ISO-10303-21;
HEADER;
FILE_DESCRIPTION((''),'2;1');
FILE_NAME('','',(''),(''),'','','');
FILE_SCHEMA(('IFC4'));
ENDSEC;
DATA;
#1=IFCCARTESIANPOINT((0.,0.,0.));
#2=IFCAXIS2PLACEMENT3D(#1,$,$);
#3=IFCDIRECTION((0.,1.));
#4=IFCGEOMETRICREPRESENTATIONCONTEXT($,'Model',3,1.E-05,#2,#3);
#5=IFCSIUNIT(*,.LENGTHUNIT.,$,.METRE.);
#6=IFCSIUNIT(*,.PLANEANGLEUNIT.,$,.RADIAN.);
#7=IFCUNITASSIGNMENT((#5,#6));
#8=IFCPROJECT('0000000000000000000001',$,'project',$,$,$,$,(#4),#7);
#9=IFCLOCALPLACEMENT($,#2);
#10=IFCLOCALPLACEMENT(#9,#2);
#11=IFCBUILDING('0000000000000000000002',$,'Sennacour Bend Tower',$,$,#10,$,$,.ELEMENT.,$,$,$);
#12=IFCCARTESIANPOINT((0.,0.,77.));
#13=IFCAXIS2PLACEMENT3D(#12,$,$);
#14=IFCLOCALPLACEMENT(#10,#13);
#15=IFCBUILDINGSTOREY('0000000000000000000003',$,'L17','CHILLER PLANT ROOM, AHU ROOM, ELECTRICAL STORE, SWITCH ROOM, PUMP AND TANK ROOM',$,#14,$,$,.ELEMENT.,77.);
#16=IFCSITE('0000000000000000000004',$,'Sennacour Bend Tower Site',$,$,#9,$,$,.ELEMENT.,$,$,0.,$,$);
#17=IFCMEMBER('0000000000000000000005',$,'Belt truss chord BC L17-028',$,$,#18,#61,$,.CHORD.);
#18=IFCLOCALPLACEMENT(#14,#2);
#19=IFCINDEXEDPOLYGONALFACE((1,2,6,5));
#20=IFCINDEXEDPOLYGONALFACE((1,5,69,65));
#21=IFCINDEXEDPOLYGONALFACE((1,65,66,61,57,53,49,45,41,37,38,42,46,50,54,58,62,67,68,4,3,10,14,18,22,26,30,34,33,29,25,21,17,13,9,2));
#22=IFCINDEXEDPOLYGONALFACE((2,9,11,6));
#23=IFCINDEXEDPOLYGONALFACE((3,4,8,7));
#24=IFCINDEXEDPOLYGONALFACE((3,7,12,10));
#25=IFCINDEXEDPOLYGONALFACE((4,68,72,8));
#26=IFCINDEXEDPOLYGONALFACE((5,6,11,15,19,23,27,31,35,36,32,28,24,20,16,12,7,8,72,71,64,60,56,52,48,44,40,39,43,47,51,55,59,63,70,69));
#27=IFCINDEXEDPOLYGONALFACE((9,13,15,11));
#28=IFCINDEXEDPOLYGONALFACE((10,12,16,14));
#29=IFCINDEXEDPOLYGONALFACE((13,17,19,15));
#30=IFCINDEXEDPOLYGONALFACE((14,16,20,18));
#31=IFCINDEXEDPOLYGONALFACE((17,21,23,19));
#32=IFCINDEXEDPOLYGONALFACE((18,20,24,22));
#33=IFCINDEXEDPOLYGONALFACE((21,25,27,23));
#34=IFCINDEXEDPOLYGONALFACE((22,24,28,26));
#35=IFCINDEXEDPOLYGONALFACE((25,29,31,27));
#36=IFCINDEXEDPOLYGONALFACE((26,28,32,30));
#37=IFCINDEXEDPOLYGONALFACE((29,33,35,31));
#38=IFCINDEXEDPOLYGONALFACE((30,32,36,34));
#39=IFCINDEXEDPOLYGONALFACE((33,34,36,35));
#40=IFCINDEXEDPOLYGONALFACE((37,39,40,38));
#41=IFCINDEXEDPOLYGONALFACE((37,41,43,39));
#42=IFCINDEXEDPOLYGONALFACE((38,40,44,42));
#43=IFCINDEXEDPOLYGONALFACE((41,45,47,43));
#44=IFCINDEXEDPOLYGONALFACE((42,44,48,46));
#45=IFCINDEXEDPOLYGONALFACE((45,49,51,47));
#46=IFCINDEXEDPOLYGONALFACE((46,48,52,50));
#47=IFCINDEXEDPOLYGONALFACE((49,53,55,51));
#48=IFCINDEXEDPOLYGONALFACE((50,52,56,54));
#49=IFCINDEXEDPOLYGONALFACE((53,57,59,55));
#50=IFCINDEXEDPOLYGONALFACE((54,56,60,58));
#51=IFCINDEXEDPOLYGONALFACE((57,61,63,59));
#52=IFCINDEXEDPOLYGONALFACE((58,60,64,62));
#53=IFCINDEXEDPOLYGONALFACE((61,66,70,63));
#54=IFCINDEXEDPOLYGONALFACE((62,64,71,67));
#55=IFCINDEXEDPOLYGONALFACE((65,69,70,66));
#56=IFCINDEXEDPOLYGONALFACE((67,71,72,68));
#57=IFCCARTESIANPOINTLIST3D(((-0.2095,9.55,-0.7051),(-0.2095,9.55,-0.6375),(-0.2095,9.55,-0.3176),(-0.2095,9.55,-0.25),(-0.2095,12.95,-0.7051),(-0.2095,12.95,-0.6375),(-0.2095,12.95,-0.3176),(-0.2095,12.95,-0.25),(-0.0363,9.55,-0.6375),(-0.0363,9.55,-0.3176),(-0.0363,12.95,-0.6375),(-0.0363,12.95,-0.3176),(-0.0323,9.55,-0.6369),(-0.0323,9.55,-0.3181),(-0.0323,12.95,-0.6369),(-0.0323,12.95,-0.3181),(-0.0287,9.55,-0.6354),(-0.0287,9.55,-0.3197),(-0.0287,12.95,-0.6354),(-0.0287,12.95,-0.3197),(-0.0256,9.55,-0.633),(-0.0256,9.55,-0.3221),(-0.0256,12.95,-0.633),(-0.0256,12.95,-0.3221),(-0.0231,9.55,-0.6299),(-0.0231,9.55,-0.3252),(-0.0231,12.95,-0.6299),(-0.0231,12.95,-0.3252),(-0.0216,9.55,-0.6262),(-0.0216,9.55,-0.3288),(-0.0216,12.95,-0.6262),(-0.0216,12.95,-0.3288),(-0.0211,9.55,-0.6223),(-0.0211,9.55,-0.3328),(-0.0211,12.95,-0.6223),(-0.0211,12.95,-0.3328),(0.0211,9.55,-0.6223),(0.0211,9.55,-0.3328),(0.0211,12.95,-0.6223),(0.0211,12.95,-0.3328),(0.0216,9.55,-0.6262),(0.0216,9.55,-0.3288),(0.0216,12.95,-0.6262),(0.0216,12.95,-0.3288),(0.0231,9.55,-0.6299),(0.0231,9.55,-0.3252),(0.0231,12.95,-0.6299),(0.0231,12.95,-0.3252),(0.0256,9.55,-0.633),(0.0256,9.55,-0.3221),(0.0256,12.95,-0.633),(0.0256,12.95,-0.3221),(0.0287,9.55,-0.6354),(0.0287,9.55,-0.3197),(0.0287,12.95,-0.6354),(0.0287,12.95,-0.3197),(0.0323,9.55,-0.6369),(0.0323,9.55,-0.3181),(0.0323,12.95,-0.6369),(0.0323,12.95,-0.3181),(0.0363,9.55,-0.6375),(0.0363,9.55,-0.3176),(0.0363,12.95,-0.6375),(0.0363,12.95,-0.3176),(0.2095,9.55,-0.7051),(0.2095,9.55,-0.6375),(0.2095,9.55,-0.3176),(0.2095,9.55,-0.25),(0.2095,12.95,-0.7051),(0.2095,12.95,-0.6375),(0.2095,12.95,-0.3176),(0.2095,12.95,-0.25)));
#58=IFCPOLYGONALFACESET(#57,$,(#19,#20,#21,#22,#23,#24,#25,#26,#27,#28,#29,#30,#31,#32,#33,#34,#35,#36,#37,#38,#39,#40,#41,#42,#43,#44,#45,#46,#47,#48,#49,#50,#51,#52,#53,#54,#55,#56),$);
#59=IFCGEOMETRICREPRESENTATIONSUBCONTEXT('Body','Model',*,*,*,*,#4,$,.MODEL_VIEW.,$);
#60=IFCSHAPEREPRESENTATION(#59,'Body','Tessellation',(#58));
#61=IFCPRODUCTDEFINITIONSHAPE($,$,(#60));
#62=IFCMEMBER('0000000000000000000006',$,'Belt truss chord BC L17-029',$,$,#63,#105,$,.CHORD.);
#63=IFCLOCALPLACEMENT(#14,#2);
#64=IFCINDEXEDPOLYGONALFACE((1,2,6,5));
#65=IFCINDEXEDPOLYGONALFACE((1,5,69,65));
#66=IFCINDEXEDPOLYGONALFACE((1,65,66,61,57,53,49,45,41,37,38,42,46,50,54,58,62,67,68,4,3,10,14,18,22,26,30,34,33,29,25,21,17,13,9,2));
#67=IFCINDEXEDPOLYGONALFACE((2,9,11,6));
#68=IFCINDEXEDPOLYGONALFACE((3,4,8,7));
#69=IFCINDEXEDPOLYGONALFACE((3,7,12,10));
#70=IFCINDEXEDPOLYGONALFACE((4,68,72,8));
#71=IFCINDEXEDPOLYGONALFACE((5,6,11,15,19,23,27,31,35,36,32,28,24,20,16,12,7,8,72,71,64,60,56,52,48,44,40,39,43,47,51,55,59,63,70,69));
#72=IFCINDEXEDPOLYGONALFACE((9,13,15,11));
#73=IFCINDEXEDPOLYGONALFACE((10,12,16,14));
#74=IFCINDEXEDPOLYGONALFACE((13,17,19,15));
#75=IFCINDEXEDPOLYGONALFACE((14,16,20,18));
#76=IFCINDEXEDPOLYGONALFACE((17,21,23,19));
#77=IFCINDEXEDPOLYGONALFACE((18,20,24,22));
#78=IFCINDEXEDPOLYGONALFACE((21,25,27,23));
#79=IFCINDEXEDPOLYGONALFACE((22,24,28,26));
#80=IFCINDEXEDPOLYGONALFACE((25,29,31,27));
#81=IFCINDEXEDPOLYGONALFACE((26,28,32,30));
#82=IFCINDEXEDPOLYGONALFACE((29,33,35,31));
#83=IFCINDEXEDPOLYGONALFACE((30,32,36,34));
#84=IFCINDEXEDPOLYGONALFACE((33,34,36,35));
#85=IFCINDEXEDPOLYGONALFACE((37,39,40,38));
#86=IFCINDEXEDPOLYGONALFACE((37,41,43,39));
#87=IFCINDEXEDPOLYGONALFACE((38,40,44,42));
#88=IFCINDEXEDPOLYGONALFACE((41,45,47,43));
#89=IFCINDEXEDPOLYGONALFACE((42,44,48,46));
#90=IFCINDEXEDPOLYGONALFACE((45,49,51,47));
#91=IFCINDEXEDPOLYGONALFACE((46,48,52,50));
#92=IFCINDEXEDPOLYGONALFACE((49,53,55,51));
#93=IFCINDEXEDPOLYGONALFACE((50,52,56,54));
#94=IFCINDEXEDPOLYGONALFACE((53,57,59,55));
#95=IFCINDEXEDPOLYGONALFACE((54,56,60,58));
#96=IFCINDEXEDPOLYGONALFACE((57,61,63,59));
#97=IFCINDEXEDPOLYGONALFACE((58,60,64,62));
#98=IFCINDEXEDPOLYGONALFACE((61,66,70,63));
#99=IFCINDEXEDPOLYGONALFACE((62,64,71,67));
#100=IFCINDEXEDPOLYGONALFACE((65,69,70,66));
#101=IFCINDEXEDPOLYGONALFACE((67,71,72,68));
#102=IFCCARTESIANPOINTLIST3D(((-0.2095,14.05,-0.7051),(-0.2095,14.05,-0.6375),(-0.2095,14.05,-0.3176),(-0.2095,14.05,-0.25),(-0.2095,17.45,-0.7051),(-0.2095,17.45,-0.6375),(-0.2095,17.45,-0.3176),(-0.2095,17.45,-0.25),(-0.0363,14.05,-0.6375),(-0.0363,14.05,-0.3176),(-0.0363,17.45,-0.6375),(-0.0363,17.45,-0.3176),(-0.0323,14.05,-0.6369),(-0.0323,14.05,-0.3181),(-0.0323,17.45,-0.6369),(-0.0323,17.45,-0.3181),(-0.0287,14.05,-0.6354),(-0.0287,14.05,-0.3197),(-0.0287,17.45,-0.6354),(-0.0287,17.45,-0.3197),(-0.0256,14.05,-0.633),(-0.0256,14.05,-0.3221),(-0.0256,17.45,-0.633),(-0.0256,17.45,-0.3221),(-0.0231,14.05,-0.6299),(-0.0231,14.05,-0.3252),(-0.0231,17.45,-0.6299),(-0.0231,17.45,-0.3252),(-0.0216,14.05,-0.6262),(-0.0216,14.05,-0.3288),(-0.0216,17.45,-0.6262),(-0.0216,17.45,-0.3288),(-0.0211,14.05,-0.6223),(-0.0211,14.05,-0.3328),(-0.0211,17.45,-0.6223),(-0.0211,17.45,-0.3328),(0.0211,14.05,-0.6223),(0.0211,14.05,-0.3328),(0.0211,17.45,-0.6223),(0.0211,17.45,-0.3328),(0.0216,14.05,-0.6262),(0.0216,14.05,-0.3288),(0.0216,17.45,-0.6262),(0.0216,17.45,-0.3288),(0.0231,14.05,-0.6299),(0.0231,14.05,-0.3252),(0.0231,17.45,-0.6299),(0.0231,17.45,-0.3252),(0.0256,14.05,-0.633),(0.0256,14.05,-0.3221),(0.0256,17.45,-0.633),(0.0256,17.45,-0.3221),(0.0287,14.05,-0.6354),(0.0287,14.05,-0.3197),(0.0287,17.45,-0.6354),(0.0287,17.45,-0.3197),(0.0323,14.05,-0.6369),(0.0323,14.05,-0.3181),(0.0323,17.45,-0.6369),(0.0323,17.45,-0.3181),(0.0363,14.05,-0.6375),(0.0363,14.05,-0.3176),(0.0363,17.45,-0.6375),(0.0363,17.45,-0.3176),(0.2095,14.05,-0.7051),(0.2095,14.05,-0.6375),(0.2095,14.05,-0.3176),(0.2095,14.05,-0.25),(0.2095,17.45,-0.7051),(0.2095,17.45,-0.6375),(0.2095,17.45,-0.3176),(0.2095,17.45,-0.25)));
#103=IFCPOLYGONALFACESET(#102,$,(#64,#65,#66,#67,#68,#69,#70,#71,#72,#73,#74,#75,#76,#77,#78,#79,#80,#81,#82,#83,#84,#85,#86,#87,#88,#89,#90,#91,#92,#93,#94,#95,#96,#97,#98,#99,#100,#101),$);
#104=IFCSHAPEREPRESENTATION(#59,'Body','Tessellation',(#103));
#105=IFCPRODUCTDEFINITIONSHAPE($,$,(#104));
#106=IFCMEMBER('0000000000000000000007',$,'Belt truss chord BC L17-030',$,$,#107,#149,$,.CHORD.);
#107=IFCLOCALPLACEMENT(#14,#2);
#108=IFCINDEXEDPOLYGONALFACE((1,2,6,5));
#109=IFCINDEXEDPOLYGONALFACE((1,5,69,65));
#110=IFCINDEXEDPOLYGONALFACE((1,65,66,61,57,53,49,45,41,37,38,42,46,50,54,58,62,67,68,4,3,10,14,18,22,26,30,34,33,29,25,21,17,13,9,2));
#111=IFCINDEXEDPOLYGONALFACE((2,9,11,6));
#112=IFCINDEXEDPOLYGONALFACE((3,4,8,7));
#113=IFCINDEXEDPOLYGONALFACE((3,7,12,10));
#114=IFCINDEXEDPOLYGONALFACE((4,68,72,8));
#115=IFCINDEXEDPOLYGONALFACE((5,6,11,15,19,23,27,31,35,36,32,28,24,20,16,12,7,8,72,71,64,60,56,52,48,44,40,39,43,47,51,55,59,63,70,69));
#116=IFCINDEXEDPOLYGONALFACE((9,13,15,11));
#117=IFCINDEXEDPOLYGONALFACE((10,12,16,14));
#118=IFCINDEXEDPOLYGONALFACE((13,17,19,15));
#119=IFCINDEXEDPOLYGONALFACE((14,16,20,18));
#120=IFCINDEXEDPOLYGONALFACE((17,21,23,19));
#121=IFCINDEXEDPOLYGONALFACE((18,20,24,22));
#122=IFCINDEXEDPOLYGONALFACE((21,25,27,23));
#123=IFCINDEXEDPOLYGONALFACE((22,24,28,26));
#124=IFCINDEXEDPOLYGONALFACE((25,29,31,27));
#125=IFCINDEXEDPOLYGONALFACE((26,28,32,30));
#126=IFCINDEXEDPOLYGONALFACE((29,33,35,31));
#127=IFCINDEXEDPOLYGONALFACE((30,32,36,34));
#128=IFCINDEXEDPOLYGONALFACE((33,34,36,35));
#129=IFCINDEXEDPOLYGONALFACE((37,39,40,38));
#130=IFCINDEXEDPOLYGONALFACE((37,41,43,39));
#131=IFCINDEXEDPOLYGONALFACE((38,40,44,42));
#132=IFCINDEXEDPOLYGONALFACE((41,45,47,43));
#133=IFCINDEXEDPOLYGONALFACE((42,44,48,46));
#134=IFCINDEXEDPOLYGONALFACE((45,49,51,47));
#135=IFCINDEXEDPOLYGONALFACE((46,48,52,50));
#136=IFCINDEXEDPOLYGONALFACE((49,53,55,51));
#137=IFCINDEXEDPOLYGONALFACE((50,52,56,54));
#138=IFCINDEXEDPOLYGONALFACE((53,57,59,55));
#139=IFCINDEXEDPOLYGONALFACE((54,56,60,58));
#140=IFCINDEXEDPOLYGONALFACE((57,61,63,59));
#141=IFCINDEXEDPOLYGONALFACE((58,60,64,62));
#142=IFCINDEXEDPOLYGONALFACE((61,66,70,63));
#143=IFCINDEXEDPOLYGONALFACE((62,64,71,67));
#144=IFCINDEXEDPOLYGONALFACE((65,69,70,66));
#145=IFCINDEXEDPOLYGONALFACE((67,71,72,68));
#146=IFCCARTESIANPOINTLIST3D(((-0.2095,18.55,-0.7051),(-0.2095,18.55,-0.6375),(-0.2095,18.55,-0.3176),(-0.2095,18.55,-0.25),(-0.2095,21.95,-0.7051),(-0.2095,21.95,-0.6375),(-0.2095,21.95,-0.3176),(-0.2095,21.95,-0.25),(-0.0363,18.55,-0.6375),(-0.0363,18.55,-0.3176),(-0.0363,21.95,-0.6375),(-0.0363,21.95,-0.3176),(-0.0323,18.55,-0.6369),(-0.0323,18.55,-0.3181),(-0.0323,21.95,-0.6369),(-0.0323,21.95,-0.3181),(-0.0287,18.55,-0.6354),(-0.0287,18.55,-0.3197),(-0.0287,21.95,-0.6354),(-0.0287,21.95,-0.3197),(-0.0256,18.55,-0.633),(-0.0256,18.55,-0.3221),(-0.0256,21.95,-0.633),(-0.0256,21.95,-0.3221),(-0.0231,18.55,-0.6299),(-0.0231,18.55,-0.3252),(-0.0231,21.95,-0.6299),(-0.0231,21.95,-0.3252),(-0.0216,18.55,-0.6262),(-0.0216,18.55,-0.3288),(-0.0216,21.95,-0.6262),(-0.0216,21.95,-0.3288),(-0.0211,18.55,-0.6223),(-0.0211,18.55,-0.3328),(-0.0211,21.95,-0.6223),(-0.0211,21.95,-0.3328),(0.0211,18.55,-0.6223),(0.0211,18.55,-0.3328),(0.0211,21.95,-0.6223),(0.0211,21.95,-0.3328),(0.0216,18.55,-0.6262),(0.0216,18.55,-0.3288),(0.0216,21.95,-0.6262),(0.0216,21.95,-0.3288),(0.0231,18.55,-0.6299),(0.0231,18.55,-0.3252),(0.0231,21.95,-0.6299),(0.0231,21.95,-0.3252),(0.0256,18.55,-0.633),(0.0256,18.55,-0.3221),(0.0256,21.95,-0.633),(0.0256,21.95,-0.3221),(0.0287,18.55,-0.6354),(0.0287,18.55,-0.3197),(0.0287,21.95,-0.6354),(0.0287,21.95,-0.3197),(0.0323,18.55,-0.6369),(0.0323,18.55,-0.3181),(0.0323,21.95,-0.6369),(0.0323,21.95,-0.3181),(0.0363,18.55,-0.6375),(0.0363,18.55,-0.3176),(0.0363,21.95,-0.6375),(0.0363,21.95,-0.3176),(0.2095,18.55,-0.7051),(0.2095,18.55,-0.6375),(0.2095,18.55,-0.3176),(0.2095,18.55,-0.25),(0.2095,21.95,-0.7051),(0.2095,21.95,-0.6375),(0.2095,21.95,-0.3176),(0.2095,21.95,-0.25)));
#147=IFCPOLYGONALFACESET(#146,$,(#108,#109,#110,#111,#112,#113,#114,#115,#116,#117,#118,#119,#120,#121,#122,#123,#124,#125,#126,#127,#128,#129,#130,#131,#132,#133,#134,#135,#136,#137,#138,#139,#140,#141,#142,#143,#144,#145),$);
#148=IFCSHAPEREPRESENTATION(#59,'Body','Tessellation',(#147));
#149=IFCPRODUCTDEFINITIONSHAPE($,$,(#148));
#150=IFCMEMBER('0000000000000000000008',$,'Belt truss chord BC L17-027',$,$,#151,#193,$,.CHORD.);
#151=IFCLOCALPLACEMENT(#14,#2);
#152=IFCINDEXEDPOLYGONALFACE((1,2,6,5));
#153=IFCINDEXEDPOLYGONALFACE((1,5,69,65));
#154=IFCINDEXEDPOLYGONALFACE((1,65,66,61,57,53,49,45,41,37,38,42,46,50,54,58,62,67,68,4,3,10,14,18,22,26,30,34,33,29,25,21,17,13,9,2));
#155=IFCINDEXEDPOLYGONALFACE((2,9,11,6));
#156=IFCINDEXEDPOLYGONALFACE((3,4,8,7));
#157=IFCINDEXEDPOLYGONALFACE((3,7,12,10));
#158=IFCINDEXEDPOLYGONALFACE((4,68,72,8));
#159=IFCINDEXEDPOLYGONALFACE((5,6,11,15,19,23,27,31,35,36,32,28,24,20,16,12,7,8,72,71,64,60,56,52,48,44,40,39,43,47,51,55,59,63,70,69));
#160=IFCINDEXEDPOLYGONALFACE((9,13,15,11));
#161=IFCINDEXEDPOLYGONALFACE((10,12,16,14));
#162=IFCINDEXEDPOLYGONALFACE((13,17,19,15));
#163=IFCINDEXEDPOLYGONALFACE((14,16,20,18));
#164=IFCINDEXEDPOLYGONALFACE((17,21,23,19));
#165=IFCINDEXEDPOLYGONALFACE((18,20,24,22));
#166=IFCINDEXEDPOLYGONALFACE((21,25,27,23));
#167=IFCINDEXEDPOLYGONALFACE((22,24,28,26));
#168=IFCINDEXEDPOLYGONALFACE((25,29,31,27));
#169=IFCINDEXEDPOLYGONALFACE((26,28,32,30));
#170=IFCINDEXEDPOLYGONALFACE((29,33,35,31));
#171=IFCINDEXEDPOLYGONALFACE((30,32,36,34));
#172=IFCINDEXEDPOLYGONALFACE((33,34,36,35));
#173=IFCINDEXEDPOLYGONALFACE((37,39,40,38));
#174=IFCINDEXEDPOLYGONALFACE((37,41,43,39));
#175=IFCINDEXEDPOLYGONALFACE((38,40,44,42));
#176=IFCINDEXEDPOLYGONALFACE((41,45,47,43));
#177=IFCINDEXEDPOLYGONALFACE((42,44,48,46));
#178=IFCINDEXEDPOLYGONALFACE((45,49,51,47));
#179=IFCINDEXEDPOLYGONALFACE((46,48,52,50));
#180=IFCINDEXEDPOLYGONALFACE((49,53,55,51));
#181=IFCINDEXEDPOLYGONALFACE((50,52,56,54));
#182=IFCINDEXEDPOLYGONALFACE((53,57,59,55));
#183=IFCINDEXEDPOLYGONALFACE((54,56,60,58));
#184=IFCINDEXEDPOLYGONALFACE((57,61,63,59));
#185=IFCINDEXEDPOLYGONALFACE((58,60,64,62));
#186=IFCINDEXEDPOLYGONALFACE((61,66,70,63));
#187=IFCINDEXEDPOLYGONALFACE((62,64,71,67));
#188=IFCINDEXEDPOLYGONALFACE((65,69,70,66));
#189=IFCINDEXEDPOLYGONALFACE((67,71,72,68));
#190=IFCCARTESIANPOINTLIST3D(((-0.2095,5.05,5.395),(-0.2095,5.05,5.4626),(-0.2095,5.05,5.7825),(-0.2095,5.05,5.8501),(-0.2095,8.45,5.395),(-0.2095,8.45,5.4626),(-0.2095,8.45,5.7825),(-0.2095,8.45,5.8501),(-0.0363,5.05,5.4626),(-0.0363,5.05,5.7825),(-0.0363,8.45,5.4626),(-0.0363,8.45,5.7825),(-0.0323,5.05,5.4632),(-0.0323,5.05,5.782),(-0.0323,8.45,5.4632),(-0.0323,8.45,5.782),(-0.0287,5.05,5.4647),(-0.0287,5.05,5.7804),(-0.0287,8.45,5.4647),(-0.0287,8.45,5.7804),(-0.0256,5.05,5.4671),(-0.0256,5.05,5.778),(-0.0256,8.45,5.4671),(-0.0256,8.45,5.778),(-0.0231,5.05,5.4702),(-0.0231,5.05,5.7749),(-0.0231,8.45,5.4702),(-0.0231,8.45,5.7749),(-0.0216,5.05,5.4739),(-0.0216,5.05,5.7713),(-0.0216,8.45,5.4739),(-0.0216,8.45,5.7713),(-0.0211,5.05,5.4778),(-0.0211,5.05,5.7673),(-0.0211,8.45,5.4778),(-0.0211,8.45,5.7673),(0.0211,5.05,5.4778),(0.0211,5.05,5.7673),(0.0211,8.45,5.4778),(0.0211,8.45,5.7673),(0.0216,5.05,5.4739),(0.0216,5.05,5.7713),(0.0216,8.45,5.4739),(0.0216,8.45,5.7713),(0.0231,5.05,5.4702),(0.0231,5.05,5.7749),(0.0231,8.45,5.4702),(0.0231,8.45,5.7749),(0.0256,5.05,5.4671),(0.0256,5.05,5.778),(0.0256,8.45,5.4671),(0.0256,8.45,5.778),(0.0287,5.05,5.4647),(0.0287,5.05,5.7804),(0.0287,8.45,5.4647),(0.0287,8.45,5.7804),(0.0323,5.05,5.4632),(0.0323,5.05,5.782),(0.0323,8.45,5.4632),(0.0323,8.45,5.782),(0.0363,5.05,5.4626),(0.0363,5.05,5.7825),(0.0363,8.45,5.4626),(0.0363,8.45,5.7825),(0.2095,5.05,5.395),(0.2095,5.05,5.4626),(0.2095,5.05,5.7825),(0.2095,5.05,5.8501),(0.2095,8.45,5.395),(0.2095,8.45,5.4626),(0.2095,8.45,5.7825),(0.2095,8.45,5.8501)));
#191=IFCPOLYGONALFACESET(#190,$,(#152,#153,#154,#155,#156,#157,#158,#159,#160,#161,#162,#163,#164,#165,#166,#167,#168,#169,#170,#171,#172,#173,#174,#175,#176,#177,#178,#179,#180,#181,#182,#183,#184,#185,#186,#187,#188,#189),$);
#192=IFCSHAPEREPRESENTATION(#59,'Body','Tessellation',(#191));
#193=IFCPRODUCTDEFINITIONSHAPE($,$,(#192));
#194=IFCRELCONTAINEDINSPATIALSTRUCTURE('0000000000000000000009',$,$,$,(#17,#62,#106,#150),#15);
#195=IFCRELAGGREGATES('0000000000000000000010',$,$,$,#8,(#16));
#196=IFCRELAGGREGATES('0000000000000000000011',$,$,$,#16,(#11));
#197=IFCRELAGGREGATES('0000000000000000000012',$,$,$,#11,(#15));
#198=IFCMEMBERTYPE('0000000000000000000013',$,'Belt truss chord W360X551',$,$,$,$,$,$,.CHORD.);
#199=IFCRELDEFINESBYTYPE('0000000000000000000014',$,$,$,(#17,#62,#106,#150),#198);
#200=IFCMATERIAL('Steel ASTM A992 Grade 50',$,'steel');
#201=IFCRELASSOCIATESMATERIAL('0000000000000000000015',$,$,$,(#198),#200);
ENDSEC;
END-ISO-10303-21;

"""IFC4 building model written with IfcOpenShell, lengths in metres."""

from ifc_helpers import new_model, si_unit, direction, frame, origin, origin_2d, place, context, subcontext, project, spatial, i_section, extrude, material, material_profile, profile_set, type_object, element, save


model = new_model("IFC4")

# Units and contexts
model_context = context("Model", 3, precision=1e-05, world=origin(), true_north=direction((0.0, 1.0)))
body_context = subcontext(model_context, "Body", "Model", "MODEL_VIEW")
ifc_project = project(units=[si_unit("LENGTHUNIT", "METRE"), si_unit("PLANEANGLEUNIT", "RADIAN")], contexts=[model_context])

# Site, building, storey
site_placement = place(None, origin())
site = spatial("IfcSite", under=ifc_project, at=site_placement, Name="Sennacour Bend Tower Site", CompositionType="ELEMENT", RefElevation=0.0)
building_placement = place(site_placement, origin())
building = spatial("IfcBuilding", under=site, at=building_placement, Name="Sennacour Bend Tower", CompositionType="ELEMENT")
storey_placement = place(building_placement, frame((0.0, 0.0, 77.0)))
storey = spatial("IfcBuildingStorey", under=building, at=storey_placement, Name="L17", Description="CHILLER PLANT ROOM, AHU ROOM, ELECTRICAL STORE, SWITCH ROOM, PUMP AND TANK ROOM", CompositionType="ELEMENT", Elevation=77.0)

# Members
ifc_material_1 = material(Name="Steel ASTM A992 Grade 50", Category="steel")
ifc_material_profile_1 = material_profile(ifc_material_1, i_section(OverallWidth=0.4189, OverallDepth=0.4551, WebThickness=0.0422, FlangeThickness=0.0676, FilletRadius=0.0151, at=origin_2d()), Name="Steel ASTM A992 Grade 50", Category="steel")
ifc_profile_set_1 = profile_set([ifc_material_profile_1], Name="Steel ASTM A992 Grade 50")
member_type_1 = type_object("IfcMemberType", Name="Belt truss chord W360X551", PredefinedType="CHORD", material=ifc_profile_set_1)
for number, where, z_axis, x_axis, name in (
    (1, (0.0, 9.55, -0.4775), (0.0, 1.0, 0.0), (-1.0, 0.0, 0.0), "Belt truss chord BC L17-028"),
    (2, (0.0, 14.05, -0.4775), (0.0, 1.0, 0.0), (-1.0, 0.0, 0.0), "Belt truss chord BC L17-029"),
    (3, (0.0, 18.55, -0.4775), (0.0, 1.0, 0.0), (-1.0, 0.0, 0.0), "Belt truss chord BC L17-030"),
    (4, (0.0, 5.05, 5.6226), (0.0, 1.0, 0.0), (-1.0, 0.0, 0.0), "Belt truss chord BC L17-027"),
):
    element("IfcMember", number, at=place(storey_placement, frame(where, z_axis=z_axis, x_axis=x_axis)), inside=storey, type_object=member_type_1, Name=name, PredefinedType="CHORD", context=body_context, shape_type="SweptSolid", body=[
        extrude(i_section(OverallWidth=0.4189, OverallDepth=0.4551, WebThickness=0.0422, FlangeThickness=0.0676, FilletRadius=0.0151, at=origin_2d()), origin(), (0.0, 0.0, 1.0), 3.3999),
    ])

save(model, "model.ifc")
